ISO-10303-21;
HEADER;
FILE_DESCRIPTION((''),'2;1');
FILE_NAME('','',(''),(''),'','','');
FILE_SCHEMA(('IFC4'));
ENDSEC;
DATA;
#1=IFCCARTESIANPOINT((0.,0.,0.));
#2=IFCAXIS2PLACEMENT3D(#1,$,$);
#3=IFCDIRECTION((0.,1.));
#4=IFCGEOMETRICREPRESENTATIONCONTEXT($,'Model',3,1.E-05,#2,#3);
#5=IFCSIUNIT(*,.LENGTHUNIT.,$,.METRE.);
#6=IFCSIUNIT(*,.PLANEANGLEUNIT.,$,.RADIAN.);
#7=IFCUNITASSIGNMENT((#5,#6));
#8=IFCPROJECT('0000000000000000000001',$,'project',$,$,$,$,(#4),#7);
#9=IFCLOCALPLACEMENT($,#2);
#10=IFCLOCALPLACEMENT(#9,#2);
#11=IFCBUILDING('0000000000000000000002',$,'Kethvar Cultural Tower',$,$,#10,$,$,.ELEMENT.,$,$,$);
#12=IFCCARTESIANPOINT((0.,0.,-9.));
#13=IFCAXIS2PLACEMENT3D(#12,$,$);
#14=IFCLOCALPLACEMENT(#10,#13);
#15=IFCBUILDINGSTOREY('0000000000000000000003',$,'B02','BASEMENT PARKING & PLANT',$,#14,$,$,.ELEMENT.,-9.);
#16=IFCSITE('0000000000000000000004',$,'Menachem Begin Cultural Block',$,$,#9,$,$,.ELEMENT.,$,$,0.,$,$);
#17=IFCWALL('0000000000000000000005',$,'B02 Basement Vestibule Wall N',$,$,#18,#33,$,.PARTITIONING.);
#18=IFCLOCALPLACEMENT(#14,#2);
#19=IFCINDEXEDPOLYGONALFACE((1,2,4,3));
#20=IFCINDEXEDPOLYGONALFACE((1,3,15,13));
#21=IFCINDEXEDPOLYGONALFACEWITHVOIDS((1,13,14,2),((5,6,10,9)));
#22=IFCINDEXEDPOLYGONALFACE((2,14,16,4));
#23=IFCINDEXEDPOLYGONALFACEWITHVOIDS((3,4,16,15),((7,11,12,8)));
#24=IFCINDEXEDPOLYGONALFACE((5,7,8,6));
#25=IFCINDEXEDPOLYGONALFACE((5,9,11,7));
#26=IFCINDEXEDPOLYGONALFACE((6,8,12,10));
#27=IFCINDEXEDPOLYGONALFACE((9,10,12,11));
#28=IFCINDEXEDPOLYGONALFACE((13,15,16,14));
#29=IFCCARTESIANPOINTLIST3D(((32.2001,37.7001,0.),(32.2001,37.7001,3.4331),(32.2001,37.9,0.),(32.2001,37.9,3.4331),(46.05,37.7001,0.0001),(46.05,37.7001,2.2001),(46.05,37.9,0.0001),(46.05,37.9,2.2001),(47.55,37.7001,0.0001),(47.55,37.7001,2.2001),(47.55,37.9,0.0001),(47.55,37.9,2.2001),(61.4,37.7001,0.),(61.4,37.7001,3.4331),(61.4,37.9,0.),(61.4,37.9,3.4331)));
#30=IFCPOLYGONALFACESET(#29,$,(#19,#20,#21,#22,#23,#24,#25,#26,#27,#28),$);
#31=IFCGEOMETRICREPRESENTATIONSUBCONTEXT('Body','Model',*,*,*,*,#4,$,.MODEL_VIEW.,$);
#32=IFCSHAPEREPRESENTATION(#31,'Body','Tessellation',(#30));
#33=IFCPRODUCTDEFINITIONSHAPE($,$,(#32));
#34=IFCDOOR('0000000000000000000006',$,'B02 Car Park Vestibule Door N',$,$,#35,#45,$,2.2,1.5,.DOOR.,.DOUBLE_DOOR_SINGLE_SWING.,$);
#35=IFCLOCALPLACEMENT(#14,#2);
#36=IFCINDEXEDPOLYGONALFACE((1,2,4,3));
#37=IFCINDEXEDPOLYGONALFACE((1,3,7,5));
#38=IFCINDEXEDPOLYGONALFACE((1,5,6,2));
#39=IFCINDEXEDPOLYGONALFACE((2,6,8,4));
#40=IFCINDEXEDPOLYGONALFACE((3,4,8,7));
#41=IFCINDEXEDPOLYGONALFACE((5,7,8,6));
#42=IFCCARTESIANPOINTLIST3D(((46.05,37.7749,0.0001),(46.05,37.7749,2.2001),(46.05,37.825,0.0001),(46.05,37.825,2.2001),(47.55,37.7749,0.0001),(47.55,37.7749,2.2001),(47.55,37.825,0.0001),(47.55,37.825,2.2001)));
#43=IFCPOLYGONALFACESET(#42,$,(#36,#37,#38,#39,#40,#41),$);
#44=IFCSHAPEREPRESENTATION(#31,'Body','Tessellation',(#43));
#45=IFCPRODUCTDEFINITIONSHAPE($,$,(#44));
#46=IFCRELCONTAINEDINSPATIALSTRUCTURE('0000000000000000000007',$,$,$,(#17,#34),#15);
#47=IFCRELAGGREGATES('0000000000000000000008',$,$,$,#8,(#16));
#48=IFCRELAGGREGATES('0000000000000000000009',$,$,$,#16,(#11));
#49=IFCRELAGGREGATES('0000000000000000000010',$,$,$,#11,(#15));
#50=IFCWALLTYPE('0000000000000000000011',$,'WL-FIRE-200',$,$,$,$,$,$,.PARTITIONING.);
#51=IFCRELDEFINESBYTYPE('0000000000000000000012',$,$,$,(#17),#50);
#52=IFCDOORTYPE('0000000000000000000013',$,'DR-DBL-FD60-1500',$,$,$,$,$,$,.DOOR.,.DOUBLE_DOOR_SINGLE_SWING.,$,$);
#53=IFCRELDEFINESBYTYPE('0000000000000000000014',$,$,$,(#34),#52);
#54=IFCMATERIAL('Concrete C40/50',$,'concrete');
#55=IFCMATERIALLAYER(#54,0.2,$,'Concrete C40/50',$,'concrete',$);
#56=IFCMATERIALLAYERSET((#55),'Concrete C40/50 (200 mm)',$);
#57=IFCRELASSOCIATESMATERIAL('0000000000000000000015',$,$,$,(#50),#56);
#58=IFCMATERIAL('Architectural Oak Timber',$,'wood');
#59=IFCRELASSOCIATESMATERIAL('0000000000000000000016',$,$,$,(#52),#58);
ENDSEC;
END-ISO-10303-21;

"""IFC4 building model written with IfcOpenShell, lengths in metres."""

from ifc_helpers import new_model, si_unit, direction, frame, frame_2d, origin, place, context, subcontext, project, spatial, rectangle, extrude, source, transform, mapped, material, layer, layer_set, type_object, element, fill, save


model = new_model("IFC4")

# Units and contexts
model_context = context("Model", 3, precision=1e-05, world=origin(), true_north=direction((0.0, 1.0)))
body_context = subcontext(model_context, "Body", "Model", "MODEL_VIEW")
ifc_project = project(units=[si_unit("LENGTHUNIT", "METRE"), si_unit("PLANEANGLEUNIT", "RADIAN")], contexts=[model_context])

# Site, building, storey
site_placement = place(None, origin())
site = spatial("IfcSite", under=ifc_project, at=site_placement, Name="Menachem Begin Cultural Block", CompositionType="ELEMENT", RefElevation=0.0)
building_placement = place(site_placement, origin())
building = spatial("IfcBuilding", under=site, at=building_placement, Name="Kethvar Cultural Tower", CompositionType="ELEMENT")
storey_placement = place(building_placement, frame((0.0, 0.0, -9.0)))
storey = spatial("IfcBuildingStorey", under=building, at=storey_placement, Name="B02", Description="BASEMENT PARKING & PLANT", CompositionType="ELEMENT", Elevation=-9.0)

# Shared definitions
ifc_material_1 = material(Name="Concrete C40/50", Category="concrete")

# Wall, opening, door
ifc_layer_1 = layer(ifc_material_1, 0.2, Name="Concrete C40/50", Category="concrete")
ifc_layer_set_1 = layer_set([ifc_layer_1], Name="Concrete C40/50 (200 mm)")
wall_type_1 = type_object("IfcWallType", Name="WL-FIRE-200", PredefinedType="PARTITIONING", material=ifc_layer_set_1)
wall_1_placement = place(storey_placement, frame((32.2, 37.8, 0.0), z_axis=(0.0, 0.0, 1.0), x_axis=(1.0, 0.0, 0.0)))
wall_1 = element("IfcWall", 1, at=wall_1_placement, inside=storey, type_object=wall_type_1, Name="B02 Basement Vestibule Wall N", PredefinedType="PARTITIONING", context=body_context, shape_type="SweptSolid", body=[
    extrude(rectangle(XDim=29.2, YDim=0.2, at=frame_2d((14.6001, 0.0))), origin(), (0.0, 0.0, 1.0), 3.4331),
])
opening_placement = place(wall_1_placement, frame((13.8501, 0.0, 0.0)))
opening = element("IfcOpeningElement", 2, at=opening_placement, cuts=wall_1, PredefinedType="OPENING", context=body_context, shape_type="SweptSolid", body=[
    extrude(rectangle(XDim=1.5, YDim=2.2, at=frame_2d((0.75, 1.1001))), frame((0.0, 0.1099, 0.0), z_axis=(0.0, -1.0, 0.0), x_axis=(1.0, 0.0, 0.0)), (0.0, 0.0, 1.0), 0.22),
])
ifc_material_2 = material(Name="Architectural Oak Timber", Category="wood")
door_type = type_object("IfcDoorType", Name="DR-DBL-FD60-1500", OperationType="DOUBLE_DOOR_SINGLE_SWING", PredefinedType="DOOR", material=ifc_material_2)
shared_shape_1 = source(origin(), body_context, "Body", "SweptSolid", [
    extrude(rectangle(XDim=1.5, YDim=2.2, at=frame_2d((0.75, 1.1001))), frame((0.0, 0.0249, 0.0), z_axis=(0.0, -1.0, 0.0), x_axis=(1.0, 0.0, 0.0)), (0.0, 0.0, 1.0), 0.05),
])
door_placement = place(opening_placement, origin())
door = element("IfcDoor", 3, at=door_placement, inside=storey, type_object=door_type, Name="B02 Car Park Vestibule Door N", OperationType="DOUBLE_DOOR_SINGLE_SWING", OverallHeight=2.2, OverallWidth=1.5, PredefinedType="DOOR", context=body_context, shape_type="MappedRepresentation", body=[
    mapped(shared_shape_1, transform((0.0, 0.0, 0.0), scale=1.0)),
])
fill(opening, door)

save(model, "model.ifc")
